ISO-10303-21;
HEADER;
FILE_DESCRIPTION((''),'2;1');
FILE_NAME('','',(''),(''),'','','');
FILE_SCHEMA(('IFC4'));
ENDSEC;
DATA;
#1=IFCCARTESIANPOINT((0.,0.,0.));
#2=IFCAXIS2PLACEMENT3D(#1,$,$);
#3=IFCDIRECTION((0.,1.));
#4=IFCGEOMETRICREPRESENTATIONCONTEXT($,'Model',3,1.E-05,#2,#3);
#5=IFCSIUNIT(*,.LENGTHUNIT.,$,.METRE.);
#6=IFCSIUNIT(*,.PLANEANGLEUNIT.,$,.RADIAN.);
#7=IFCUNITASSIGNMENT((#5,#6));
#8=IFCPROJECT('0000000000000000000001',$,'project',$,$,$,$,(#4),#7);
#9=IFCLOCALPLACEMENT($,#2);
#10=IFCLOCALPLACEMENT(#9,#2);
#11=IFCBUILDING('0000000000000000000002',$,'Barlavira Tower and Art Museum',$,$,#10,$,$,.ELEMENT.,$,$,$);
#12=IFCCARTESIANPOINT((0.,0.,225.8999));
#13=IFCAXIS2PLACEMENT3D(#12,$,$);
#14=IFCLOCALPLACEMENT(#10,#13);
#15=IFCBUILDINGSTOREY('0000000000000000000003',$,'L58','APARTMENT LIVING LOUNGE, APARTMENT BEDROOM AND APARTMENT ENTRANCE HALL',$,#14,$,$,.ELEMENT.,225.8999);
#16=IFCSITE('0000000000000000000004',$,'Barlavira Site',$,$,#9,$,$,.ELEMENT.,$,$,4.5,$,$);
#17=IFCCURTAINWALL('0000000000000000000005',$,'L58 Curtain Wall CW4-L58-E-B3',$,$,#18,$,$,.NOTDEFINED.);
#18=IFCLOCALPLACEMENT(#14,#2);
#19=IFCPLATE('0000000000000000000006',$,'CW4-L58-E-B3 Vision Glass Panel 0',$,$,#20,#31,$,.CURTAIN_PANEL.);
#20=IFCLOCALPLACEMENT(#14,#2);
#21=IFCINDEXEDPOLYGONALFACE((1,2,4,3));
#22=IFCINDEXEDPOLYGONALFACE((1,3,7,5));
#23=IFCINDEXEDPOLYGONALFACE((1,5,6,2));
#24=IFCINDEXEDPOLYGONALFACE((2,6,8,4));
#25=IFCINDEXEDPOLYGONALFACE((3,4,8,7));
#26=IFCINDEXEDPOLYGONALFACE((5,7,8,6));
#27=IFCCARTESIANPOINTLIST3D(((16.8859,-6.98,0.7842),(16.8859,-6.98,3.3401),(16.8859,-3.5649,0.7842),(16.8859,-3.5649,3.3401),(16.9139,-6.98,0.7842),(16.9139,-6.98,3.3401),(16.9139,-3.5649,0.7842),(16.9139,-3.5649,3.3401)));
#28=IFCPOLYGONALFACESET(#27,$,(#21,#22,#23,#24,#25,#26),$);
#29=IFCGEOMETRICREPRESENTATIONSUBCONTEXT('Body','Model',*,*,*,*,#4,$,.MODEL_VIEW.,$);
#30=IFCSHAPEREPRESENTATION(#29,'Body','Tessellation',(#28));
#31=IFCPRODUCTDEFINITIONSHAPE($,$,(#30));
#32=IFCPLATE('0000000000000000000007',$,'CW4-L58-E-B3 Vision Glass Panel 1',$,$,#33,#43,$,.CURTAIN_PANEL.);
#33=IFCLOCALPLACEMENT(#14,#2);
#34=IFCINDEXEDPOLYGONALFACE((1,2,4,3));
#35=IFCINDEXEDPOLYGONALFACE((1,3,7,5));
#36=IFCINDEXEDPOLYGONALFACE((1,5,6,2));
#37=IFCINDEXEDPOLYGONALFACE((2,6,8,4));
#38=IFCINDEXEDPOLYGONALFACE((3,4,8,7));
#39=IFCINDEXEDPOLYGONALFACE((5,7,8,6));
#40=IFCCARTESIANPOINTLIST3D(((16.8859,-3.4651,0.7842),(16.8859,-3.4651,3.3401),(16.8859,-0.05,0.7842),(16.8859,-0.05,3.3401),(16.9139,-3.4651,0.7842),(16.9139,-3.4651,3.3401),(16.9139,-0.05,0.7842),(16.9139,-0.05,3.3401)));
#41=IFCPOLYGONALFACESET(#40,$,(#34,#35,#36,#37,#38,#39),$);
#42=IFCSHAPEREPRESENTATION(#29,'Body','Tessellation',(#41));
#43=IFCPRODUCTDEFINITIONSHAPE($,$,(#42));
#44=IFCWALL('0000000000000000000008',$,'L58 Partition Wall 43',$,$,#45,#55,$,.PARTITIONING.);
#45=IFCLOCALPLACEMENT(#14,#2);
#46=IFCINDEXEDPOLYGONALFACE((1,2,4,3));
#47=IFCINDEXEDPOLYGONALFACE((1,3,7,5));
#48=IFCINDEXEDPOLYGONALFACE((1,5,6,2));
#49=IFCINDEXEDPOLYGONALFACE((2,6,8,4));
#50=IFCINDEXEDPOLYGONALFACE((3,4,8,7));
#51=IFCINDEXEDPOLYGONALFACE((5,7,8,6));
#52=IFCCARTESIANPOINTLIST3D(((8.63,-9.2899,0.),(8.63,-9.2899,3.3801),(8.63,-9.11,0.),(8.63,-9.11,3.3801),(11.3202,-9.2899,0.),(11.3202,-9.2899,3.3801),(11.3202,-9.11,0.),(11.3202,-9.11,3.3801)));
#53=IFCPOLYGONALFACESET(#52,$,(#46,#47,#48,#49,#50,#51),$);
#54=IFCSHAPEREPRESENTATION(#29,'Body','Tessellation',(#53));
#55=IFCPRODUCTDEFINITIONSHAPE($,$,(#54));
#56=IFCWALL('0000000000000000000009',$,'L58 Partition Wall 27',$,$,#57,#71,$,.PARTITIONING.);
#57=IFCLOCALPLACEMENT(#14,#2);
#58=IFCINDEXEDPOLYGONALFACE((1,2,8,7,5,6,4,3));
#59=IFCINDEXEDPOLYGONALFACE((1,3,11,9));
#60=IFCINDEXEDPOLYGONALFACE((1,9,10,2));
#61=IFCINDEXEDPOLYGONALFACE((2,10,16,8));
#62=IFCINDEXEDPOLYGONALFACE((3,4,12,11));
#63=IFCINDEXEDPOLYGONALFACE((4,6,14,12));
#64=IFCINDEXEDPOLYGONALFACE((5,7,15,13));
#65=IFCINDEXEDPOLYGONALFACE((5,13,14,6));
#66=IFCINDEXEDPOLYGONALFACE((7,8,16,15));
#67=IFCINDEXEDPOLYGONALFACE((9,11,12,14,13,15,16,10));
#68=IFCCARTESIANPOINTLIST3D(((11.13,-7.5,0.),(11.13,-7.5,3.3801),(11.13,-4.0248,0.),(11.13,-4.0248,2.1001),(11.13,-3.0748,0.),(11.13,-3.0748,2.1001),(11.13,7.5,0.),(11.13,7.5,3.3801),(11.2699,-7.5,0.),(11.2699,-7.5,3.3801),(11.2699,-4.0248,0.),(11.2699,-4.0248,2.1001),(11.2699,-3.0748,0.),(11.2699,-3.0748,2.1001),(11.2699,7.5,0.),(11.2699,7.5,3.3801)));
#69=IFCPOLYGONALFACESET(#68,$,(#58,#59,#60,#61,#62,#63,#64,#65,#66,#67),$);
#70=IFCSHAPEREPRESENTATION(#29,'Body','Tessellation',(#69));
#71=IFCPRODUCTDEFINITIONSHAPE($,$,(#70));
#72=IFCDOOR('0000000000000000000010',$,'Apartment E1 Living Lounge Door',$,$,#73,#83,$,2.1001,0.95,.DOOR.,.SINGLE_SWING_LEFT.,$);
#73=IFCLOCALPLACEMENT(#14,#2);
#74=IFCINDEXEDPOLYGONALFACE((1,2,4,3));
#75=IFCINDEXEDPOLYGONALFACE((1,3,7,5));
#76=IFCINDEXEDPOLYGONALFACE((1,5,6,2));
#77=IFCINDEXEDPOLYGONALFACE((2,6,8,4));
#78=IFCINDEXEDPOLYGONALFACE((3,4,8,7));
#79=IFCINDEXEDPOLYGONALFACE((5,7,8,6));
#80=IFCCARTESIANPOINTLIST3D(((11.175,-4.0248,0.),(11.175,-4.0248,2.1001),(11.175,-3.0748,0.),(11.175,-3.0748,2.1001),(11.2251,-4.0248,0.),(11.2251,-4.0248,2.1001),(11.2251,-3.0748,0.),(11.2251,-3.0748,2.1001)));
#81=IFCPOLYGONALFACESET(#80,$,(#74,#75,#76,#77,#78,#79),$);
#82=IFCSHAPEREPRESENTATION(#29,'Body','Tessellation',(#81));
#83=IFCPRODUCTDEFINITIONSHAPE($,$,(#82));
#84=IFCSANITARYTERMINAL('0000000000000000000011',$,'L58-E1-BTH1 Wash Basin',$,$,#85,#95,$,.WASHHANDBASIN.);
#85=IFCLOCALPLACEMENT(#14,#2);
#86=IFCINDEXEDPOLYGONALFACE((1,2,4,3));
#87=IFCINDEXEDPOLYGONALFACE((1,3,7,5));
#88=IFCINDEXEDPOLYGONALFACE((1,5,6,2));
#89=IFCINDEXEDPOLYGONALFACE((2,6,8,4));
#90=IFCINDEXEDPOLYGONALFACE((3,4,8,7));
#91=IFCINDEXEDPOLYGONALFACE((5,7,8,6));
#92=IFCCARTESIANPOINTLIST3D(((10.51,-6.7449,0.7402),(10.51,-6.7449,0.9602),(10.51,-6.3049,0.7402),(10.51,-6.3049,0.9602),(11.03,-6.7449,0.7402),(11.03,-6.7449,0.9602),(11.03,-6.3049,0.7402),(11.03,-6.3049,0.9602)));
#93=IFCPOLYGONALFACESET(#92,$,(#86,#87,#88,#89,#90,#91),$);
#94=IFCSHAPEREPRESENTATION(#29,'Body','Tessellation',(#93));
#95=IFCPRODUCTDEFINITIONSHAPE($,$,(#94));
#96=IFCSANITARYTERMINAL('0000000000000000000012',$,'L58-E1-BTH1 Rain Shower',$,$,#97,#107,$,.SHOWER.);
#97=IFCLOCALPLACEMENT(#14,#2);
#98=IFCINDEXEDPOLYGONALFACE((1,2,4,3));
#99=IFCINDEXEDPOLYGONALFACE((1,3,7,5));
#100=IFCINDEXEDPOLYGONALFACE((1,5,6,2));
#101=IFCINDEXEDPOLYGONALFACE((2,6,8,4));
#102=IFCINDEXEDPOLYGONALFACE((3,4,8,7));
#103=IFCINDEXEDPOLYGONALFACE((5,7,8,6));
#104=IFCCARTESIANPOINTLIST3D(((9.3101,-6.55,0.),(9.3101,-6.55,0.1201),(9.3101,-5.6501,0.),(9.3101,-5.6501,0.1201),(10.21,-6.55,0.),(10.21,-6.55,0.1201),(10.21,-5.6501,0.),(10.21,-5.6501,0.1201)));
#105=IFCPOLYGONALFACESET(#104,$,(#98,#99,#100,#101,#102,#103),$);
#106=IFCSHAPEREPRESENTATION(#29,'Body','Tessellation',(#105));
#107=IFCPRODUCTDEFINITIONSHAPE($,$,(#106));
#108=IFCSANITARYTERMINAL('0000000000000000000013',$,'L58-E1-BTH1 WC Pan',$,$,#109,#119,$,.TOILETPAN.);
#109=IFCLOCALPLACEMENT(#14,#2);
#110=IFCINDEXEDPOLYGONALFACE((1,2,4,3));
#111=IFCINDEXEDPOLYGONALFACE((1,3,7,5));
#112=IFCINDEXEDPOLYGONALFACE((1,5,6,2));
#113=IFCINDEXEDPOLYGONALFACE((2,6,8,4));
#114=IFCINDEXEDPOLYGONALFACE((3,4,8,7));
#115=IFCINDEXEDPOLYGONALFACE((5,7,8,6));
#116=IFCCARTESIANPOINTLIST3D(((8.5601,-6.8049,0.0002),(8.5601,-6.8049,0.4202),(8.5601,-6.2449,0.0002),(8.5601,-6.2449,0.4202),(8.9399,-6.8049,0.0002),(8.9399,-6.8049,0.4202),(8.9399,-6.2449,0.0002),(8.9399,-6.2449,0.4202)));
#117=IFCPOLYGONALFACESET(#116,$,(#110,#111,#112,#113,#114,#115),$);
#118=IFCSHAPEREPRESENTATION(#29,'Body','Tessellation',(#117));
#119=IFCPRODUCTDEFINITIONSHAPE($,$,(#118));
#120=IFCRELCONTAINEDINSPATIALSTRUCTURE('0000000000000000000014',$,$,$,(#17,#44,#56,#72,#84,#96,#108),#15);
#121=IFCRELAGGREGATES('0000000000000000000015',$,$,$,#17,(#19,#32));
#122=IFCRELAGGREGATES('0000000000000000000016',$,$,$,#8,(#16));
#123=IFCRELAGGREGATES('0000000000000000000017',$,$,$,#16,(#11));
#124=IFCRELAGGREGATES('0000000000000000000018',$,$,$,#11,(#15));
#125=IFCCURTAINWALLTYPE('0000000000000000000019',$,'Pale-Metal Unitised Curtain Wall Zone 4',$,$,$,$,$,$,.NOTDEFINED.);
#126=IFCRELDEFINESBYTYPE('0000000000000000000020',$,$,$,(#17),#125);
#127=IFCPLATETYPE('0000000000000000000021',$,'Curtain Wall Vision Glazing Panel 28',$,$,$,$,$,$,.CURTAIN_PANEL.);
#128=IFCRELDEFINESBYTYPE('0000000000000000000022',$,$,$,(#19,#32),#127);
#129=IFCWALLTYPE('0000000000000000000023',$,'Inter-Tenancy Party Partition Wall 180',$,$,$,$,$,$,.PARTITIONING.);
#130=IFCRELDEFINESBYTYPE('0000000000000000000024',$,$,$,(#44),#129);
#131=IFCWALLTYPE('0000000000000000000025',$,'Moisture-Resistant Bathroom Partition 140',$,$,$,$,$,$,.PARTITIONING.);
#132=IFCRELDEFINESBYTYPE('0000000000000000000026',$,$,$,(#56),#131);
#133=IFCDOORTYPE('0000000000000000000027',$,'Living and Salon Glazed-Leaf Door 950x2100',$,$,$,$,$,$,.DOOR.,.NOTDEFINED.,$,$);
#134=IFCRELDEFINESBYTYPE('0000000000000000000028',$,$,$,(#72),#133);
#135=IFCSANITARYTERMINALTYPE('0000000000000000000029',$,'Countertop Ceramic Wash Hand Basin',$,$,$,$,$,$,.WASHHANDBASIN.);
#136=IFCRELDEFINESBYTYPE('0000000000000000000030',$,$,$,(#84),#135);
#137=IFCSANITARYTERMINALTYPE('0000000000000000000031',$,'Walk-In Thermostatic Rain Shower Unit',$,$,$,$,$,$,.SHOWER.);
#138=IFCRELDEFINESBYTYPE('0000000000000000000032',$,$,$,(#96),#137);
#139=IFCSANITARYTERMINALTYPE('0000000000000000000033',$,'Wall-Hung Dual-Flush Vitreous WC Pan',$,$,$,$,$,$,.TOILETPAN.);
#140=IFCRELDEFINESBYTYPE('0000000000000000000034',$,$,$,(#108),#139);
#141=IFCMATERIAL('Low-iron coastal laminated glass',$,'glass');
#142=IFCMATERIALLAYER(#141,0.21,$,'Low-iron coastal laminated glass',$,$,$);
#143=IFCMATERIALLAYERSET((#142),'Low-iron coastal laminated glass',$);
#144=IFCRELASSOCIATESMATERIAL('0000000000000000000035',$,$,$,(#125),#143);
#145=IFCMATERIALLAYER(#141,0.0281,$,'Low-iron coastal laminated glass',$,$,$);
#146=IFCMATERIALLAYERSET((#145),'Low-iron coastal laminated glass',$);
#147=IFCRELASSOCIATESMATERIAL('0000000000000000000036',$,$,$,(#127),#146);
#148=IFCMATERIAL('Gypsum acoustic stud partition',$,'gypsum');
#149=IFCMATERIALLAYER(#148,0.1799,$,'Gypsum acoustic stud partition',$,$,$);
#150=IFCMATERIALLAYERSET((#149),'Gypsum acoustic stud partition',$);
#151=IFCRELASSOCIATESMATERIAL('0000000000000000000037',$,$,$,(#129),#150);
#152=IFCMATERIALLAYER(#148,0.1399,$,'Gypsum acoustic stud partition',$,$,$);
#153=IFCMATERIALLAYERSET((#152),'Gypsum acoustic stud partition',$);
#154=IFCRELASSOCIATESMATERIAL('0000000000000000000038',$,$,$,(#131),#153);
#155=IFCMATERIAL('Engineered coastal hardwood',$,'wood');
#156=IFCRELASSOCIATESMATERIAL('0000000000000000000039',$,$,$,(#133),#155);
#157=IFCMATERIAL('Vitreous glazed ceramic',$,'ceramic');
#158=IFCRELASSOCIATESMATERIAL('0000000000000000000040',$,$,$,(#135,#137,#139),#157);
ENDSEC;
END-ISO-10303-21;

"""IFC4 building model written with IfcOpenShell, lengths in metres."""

from ifc_helpers import new_model, si_unit, direction, frame, frame_2d, origin, origin_2d, place, context, subcontext, project, spatial, rectangle, extrude, material, layer, layer_set, type_object, element, fill, aggregate, save


model = new_model("IFC4")

# Units and contexts
model_context = context("Model", 3, precision=1e-05, world=origin(), true_north=direction((0.0, 1.0)))
body_context = subcontext(model_context, "Body", "Model", "MODEL_VIEW")
ifc_project = project(units=[si_unit("LENGTHUNIT", "METRE"), si_unit("PLANEANGLEUNIT", "RADIAN")], contexts=[model_context])

# Site, building, storey
site_placement = place(None, origin())
site = spatial("IfcSite", under=ifc_project, at=site_placement, Name="Barlavira Site", CompositionType="ELEMENT", RefElevation=4.5)
building_placement = place(site_placement, origin())
building = spatial("IfcBuilding", under=site, at=building_placement, Name="Barlavira Tower and Art Museum", CompositionType="ELEMENT")
storey_placement = place(building_placement, frame((0.0, 0.0, 225.8999)))
storey = spatial("IfcBuildingStorey", under=building, at=storey_placement, Name="L58", Description="APARTMENT LIVING LOUNGE, APARTMENT BEDROOM AND APARTMENT ENTRANCE HALL", CompositionType="ELEMENT", Elevation=225.8999)

# Curtain wall
ifc_material_1 = material(Name="Low-iron coastal laminated glass", Category="glass")
ifc_layer_1 = layer(ifc_material_1, 0.21, Name="Low-iron coastal laminated glass")
ifc_layer_set_1 = layer_set([ifc_layer_1], Name="Low-iron coastal laminated glass")
curtain_wall_type = type_object("IfcCurtainWallType", Name="Pale-Metal Unitised Curtain Wall Zone 4", PredefinedType="NOTDEFINED", material=ifc_layer_set_1)
curtain_wall_placement = place(storey_placement, origin())
curtain_wall = element("IfcCurtainWall", 1, at=curtain_wall_placement, inside=storey, type_object=curtain_wall_type, Name="L58 Curtain Wall CW4-L58-E-B3", PredefinedType="NOTDEFINED")

# Plates
ifc_layer_2 = layer(ifc_material_1, 0.0281, Name="Low-iron coastal laminated glass")
ifc_layer_set_2 = layer_set([ifc_layer_2], Name="Low-iron coastal laminated glass")
plate_type_1 = type_object("IfcPlateType", Name="Curtain Wall Vision Glazing Panel 28", PredefinedType="CURTAIN_PANEL", material=ifc_layer_set_2)
plate_1_placement = place(storey_placement, frame((16.8999, -5.2725, 0.7842), z_axis=(0.0, 0.0, 1.0), x_axis=(0.0, 1.0, 0.0)))
plate_1 = element("IfcPlate", 2, at=plate_1_placement, type_object=plate_type_1, Name="CW4-L58-E-B3 Vision Glass Panel 0", PredefinedType="CURTAIN_PANEL", context=body_context, shape_type="SweptSolid", body=[
    extrude(rectangle(XDim=3.415, YDim=0.0281, at=origin_2d()), origin(), (0.0, 0.0, 1.0), 2.5559),
])
plate_2_placement = place(storey_placement, frame((16.8999, -1.7576, 0.7842), z_axis=(0.0, 0.0, 1.0), x_axis=(0.0, 1.0, 0.0)))
plate_2 = element("IfcPlate", 3, at=plate_2_placement, type_object=plate_type_1, Name="CW4-L58-E-B3 Vision Glass Panel 1", PredefinedType="CURTAIN_PANEL", context=body_context, shape_type="SweptSolid", body=[
    extrude(rectangle(XDim=3.415, YDim=0.0281, at=origin_2d()), origin(), (0.0, 0.0, 1.0), 2.5559),
])
aggregate(curtain_wall, [plate_1, plate_2])

# Wall
ifc_material_2 = material(Name="Gypsum acoustic stud partition", Category="gypsum")
ifc_layer_3 = layer(ifc_material_2, 0.1799, Name="Gypsum acoustic stud partition")
ifc_layer_set_3 = layer_set([ifc_layer_3], Name="Gypsum acoustic stud partition")
wall_type_1 = type_object("IfcWallType", Name="Inter-Tenancy Party Partition Wall 180", PredefinedType="PARTITIONING", material=ifc_layer_set_3)
wall_1_placement = place(storey_placement, frame((8.6299, -9.2, 0.0), z_axis=(0.0, 0.0, 1.0), x_axis=(1.0, 0.0, 0.0)))
element("IfcWall", 4, at=wall_1_placement, inside=storey, type_object=wall_type_1, Name="L58 Partition Wall 43", PredefinedType="PARTITIONING", context=body_context, shape_type="SweptSolid", body=[
    extrude(rectangle(XDim=2.6902, YDim=0.1799, at=frame_2d((1.3452, 0.0))), origin(), (0.0, 0.0, 1.0), 3.3801),
])

# Wall, opening, door
ifc_layer_4 = layer(ifc_material_2, 0.1399, Name="Gypsum acoustic stud partition")
ifc_layer_set_4 = layer_set([ifc_layer_4], Name="Gypsum acoustic stud partition")
wall_type_2 = type_object("IfcWallType", Name="Moisture-Resistant Bathroom Partition 140", PredefinedType="PARTITIONING", material=ifc_layer_set_4)
wall_2_placement = place(storey_placement, frame((11.2, -7.5, 0.0), z_axis=(0.0, 0.0, 1.0), x_axis=(0.0, 1.0, 0.0)))
wall_2 = element("IfcWall", 5, at=wall_2_placement, inside=storey, type_object=wall_type_2, Name="L58 Partition Wall 27", PredefinedType="PARTITIONING", context=body_context, shape_type="SweptSolid", body=[
    extrude(rectangle(XDim=15.0, YDim=0.1399, at=frame_2d((7.5, 0.0))), origin(), (0.0, 0.0, 1.0), 3.3801),
])
opening_placement = place(wall_2_placement, frame((3.4751, 0.0, 0.0)))
opening = element("IfcOpeningElement", 6, at=opening_placement, cuts=wall_2, PredefinedType="OPENING", context=body_context, shape_type="SweptSolid", body=[
    extrude(rectangle(XDim=0.95, YDim=2.1001, at=frame_2d((0.4751, 1.05))), frame((0.0, 0.0801, 0.0), z_axis=(0.0, -1.0, 0.0), x_axis=(1.0, 0.0, 0.0)), (0.0, 0.0, 1.0), 0.1599),
])
ifc_material_3 = material(Name="Engineered coastal hardwood", Category="wood")
door_type = type_object("IfcDoorType", Name="Living and Salon Glazed-Leaf Door 950x2100", OperationType="NOTDEFINED", PredefinedType="DOOR", material=ifc_material_3)
door_placement = place(opening_placement, origin())
door = element("IfcDoor", 7, at=door_placement, inside=storey, type_object=door_type, Name="Apartment E1 Living Lounge Door", OperationType="SINGLE_SWING_LEFT", OverallHeight=2.1001, OverallWidth=0.95, PredefinedType="DOOR", context=body_context, shape_type="SweptSolid", body=[
    extrude(rectangle(XDim=0.95, YDim=2.1001, at=frame_2d((0.4751, 1.05))), frame((0.0, 0.0249, 0.0), z_axis=(0.0, -1.0, 0.0), x_axis=(1.0, 0.0, 0.0)), (0.0, 0.0, 1.0), 0.05),
])
fill(opening, door)

# Sanitary terminals
ifc_material_4 = material(Name="Vitreous glazed ceramic", Category="ceramic")
sanitary_terminal_type_1 = type_object("IfcSanitaryTerminalType", Name="Countertop Ceramic Wash Hand Basin", PredefinedType="WASHHANDBASIN", material=ifc_material_4)
sanitary_terminal_1_placement = place(storey_placement, frame((10.77, -6.5249, 0.7402), z_axis=(0.0, 0.0, 1.0), x_axis=(1.0, 0.0, 0.0)))
element("IfcSanitaryTerminal", 8, at=sanitary_terminal_1_placement, inside=storey, type_object=sanitary_terminal_type_1, Name="L58-E1-BTH1 Wash Basin", PredefinedType="WASHHANDBASIN", context=body_context, shape_type="SweptSolid", body=[
    extrude(rectangle(XDim=0.52, YDim=0.4399, at=origin_2d()), origin(), (0.0, 0.0, 1.0), 0.22),
])
sanitary_terminal_type_2 = type_object("IfcSanitaryTerminalType", Name="Walk-In Thermostatic Rain Shower Unit", PredefinedType="SHOWER", material=ifc_material_4)
sanitary_terminal_2_placement = place(storey_placement, frame((9.76, -6.1001, 0.0), z_axis=(0.0, 0.0, 1.0), x_axis=(1.0, 0.0, 0.0)))
element("IfcSanitaryTerminal", 9, at=sanitary_terminal_2_placement, inside=storey, type_object=sanitary_terminal_type_2, Name="L58-E1-BTH1 Rain Shower", PredefinedType="SHOWER", context=body_context, shape_type="SweptSolid", body=[
    extrude(rectangle(XDim=0.8999, YDim=0.8999, at=origin_2d()), origin(), (0.0, 0.0, 1.0), 0.1201),
])
sanitary_terminal_type_3 = type_object("IfcSanitaryTerminalType", Name="Wall-Hung Dual-Flush Vitreous WC Pan", PredefinedType="TOILETPAN", material=ifc_material_4)
sanitary_terminal_3_placement = place(storey_placement, frame((8.75, -6.5249, 0.0002), z_axis=(0.0, 0.0, 1.0), x_axis=(1.0, 0.0, 0.0)))
element("IfcSanitaryTerminal", 10, at=sanitary_terminal_3_placement, inside=storey, type_object=sanitary_terminal_type_3, Name="L58-E1-BTH1 WC Pan", PredefinedType="TOILETPAN", context=body_context, shape_type="SweptSolid", body=[
    extrude(rectangle(XDim=0.3799, YDim=0.5601, at=origin_2d()), origin(), (0.0, 0.0, 1.0), 0.4199),
])

save(model, "model.ifc")
